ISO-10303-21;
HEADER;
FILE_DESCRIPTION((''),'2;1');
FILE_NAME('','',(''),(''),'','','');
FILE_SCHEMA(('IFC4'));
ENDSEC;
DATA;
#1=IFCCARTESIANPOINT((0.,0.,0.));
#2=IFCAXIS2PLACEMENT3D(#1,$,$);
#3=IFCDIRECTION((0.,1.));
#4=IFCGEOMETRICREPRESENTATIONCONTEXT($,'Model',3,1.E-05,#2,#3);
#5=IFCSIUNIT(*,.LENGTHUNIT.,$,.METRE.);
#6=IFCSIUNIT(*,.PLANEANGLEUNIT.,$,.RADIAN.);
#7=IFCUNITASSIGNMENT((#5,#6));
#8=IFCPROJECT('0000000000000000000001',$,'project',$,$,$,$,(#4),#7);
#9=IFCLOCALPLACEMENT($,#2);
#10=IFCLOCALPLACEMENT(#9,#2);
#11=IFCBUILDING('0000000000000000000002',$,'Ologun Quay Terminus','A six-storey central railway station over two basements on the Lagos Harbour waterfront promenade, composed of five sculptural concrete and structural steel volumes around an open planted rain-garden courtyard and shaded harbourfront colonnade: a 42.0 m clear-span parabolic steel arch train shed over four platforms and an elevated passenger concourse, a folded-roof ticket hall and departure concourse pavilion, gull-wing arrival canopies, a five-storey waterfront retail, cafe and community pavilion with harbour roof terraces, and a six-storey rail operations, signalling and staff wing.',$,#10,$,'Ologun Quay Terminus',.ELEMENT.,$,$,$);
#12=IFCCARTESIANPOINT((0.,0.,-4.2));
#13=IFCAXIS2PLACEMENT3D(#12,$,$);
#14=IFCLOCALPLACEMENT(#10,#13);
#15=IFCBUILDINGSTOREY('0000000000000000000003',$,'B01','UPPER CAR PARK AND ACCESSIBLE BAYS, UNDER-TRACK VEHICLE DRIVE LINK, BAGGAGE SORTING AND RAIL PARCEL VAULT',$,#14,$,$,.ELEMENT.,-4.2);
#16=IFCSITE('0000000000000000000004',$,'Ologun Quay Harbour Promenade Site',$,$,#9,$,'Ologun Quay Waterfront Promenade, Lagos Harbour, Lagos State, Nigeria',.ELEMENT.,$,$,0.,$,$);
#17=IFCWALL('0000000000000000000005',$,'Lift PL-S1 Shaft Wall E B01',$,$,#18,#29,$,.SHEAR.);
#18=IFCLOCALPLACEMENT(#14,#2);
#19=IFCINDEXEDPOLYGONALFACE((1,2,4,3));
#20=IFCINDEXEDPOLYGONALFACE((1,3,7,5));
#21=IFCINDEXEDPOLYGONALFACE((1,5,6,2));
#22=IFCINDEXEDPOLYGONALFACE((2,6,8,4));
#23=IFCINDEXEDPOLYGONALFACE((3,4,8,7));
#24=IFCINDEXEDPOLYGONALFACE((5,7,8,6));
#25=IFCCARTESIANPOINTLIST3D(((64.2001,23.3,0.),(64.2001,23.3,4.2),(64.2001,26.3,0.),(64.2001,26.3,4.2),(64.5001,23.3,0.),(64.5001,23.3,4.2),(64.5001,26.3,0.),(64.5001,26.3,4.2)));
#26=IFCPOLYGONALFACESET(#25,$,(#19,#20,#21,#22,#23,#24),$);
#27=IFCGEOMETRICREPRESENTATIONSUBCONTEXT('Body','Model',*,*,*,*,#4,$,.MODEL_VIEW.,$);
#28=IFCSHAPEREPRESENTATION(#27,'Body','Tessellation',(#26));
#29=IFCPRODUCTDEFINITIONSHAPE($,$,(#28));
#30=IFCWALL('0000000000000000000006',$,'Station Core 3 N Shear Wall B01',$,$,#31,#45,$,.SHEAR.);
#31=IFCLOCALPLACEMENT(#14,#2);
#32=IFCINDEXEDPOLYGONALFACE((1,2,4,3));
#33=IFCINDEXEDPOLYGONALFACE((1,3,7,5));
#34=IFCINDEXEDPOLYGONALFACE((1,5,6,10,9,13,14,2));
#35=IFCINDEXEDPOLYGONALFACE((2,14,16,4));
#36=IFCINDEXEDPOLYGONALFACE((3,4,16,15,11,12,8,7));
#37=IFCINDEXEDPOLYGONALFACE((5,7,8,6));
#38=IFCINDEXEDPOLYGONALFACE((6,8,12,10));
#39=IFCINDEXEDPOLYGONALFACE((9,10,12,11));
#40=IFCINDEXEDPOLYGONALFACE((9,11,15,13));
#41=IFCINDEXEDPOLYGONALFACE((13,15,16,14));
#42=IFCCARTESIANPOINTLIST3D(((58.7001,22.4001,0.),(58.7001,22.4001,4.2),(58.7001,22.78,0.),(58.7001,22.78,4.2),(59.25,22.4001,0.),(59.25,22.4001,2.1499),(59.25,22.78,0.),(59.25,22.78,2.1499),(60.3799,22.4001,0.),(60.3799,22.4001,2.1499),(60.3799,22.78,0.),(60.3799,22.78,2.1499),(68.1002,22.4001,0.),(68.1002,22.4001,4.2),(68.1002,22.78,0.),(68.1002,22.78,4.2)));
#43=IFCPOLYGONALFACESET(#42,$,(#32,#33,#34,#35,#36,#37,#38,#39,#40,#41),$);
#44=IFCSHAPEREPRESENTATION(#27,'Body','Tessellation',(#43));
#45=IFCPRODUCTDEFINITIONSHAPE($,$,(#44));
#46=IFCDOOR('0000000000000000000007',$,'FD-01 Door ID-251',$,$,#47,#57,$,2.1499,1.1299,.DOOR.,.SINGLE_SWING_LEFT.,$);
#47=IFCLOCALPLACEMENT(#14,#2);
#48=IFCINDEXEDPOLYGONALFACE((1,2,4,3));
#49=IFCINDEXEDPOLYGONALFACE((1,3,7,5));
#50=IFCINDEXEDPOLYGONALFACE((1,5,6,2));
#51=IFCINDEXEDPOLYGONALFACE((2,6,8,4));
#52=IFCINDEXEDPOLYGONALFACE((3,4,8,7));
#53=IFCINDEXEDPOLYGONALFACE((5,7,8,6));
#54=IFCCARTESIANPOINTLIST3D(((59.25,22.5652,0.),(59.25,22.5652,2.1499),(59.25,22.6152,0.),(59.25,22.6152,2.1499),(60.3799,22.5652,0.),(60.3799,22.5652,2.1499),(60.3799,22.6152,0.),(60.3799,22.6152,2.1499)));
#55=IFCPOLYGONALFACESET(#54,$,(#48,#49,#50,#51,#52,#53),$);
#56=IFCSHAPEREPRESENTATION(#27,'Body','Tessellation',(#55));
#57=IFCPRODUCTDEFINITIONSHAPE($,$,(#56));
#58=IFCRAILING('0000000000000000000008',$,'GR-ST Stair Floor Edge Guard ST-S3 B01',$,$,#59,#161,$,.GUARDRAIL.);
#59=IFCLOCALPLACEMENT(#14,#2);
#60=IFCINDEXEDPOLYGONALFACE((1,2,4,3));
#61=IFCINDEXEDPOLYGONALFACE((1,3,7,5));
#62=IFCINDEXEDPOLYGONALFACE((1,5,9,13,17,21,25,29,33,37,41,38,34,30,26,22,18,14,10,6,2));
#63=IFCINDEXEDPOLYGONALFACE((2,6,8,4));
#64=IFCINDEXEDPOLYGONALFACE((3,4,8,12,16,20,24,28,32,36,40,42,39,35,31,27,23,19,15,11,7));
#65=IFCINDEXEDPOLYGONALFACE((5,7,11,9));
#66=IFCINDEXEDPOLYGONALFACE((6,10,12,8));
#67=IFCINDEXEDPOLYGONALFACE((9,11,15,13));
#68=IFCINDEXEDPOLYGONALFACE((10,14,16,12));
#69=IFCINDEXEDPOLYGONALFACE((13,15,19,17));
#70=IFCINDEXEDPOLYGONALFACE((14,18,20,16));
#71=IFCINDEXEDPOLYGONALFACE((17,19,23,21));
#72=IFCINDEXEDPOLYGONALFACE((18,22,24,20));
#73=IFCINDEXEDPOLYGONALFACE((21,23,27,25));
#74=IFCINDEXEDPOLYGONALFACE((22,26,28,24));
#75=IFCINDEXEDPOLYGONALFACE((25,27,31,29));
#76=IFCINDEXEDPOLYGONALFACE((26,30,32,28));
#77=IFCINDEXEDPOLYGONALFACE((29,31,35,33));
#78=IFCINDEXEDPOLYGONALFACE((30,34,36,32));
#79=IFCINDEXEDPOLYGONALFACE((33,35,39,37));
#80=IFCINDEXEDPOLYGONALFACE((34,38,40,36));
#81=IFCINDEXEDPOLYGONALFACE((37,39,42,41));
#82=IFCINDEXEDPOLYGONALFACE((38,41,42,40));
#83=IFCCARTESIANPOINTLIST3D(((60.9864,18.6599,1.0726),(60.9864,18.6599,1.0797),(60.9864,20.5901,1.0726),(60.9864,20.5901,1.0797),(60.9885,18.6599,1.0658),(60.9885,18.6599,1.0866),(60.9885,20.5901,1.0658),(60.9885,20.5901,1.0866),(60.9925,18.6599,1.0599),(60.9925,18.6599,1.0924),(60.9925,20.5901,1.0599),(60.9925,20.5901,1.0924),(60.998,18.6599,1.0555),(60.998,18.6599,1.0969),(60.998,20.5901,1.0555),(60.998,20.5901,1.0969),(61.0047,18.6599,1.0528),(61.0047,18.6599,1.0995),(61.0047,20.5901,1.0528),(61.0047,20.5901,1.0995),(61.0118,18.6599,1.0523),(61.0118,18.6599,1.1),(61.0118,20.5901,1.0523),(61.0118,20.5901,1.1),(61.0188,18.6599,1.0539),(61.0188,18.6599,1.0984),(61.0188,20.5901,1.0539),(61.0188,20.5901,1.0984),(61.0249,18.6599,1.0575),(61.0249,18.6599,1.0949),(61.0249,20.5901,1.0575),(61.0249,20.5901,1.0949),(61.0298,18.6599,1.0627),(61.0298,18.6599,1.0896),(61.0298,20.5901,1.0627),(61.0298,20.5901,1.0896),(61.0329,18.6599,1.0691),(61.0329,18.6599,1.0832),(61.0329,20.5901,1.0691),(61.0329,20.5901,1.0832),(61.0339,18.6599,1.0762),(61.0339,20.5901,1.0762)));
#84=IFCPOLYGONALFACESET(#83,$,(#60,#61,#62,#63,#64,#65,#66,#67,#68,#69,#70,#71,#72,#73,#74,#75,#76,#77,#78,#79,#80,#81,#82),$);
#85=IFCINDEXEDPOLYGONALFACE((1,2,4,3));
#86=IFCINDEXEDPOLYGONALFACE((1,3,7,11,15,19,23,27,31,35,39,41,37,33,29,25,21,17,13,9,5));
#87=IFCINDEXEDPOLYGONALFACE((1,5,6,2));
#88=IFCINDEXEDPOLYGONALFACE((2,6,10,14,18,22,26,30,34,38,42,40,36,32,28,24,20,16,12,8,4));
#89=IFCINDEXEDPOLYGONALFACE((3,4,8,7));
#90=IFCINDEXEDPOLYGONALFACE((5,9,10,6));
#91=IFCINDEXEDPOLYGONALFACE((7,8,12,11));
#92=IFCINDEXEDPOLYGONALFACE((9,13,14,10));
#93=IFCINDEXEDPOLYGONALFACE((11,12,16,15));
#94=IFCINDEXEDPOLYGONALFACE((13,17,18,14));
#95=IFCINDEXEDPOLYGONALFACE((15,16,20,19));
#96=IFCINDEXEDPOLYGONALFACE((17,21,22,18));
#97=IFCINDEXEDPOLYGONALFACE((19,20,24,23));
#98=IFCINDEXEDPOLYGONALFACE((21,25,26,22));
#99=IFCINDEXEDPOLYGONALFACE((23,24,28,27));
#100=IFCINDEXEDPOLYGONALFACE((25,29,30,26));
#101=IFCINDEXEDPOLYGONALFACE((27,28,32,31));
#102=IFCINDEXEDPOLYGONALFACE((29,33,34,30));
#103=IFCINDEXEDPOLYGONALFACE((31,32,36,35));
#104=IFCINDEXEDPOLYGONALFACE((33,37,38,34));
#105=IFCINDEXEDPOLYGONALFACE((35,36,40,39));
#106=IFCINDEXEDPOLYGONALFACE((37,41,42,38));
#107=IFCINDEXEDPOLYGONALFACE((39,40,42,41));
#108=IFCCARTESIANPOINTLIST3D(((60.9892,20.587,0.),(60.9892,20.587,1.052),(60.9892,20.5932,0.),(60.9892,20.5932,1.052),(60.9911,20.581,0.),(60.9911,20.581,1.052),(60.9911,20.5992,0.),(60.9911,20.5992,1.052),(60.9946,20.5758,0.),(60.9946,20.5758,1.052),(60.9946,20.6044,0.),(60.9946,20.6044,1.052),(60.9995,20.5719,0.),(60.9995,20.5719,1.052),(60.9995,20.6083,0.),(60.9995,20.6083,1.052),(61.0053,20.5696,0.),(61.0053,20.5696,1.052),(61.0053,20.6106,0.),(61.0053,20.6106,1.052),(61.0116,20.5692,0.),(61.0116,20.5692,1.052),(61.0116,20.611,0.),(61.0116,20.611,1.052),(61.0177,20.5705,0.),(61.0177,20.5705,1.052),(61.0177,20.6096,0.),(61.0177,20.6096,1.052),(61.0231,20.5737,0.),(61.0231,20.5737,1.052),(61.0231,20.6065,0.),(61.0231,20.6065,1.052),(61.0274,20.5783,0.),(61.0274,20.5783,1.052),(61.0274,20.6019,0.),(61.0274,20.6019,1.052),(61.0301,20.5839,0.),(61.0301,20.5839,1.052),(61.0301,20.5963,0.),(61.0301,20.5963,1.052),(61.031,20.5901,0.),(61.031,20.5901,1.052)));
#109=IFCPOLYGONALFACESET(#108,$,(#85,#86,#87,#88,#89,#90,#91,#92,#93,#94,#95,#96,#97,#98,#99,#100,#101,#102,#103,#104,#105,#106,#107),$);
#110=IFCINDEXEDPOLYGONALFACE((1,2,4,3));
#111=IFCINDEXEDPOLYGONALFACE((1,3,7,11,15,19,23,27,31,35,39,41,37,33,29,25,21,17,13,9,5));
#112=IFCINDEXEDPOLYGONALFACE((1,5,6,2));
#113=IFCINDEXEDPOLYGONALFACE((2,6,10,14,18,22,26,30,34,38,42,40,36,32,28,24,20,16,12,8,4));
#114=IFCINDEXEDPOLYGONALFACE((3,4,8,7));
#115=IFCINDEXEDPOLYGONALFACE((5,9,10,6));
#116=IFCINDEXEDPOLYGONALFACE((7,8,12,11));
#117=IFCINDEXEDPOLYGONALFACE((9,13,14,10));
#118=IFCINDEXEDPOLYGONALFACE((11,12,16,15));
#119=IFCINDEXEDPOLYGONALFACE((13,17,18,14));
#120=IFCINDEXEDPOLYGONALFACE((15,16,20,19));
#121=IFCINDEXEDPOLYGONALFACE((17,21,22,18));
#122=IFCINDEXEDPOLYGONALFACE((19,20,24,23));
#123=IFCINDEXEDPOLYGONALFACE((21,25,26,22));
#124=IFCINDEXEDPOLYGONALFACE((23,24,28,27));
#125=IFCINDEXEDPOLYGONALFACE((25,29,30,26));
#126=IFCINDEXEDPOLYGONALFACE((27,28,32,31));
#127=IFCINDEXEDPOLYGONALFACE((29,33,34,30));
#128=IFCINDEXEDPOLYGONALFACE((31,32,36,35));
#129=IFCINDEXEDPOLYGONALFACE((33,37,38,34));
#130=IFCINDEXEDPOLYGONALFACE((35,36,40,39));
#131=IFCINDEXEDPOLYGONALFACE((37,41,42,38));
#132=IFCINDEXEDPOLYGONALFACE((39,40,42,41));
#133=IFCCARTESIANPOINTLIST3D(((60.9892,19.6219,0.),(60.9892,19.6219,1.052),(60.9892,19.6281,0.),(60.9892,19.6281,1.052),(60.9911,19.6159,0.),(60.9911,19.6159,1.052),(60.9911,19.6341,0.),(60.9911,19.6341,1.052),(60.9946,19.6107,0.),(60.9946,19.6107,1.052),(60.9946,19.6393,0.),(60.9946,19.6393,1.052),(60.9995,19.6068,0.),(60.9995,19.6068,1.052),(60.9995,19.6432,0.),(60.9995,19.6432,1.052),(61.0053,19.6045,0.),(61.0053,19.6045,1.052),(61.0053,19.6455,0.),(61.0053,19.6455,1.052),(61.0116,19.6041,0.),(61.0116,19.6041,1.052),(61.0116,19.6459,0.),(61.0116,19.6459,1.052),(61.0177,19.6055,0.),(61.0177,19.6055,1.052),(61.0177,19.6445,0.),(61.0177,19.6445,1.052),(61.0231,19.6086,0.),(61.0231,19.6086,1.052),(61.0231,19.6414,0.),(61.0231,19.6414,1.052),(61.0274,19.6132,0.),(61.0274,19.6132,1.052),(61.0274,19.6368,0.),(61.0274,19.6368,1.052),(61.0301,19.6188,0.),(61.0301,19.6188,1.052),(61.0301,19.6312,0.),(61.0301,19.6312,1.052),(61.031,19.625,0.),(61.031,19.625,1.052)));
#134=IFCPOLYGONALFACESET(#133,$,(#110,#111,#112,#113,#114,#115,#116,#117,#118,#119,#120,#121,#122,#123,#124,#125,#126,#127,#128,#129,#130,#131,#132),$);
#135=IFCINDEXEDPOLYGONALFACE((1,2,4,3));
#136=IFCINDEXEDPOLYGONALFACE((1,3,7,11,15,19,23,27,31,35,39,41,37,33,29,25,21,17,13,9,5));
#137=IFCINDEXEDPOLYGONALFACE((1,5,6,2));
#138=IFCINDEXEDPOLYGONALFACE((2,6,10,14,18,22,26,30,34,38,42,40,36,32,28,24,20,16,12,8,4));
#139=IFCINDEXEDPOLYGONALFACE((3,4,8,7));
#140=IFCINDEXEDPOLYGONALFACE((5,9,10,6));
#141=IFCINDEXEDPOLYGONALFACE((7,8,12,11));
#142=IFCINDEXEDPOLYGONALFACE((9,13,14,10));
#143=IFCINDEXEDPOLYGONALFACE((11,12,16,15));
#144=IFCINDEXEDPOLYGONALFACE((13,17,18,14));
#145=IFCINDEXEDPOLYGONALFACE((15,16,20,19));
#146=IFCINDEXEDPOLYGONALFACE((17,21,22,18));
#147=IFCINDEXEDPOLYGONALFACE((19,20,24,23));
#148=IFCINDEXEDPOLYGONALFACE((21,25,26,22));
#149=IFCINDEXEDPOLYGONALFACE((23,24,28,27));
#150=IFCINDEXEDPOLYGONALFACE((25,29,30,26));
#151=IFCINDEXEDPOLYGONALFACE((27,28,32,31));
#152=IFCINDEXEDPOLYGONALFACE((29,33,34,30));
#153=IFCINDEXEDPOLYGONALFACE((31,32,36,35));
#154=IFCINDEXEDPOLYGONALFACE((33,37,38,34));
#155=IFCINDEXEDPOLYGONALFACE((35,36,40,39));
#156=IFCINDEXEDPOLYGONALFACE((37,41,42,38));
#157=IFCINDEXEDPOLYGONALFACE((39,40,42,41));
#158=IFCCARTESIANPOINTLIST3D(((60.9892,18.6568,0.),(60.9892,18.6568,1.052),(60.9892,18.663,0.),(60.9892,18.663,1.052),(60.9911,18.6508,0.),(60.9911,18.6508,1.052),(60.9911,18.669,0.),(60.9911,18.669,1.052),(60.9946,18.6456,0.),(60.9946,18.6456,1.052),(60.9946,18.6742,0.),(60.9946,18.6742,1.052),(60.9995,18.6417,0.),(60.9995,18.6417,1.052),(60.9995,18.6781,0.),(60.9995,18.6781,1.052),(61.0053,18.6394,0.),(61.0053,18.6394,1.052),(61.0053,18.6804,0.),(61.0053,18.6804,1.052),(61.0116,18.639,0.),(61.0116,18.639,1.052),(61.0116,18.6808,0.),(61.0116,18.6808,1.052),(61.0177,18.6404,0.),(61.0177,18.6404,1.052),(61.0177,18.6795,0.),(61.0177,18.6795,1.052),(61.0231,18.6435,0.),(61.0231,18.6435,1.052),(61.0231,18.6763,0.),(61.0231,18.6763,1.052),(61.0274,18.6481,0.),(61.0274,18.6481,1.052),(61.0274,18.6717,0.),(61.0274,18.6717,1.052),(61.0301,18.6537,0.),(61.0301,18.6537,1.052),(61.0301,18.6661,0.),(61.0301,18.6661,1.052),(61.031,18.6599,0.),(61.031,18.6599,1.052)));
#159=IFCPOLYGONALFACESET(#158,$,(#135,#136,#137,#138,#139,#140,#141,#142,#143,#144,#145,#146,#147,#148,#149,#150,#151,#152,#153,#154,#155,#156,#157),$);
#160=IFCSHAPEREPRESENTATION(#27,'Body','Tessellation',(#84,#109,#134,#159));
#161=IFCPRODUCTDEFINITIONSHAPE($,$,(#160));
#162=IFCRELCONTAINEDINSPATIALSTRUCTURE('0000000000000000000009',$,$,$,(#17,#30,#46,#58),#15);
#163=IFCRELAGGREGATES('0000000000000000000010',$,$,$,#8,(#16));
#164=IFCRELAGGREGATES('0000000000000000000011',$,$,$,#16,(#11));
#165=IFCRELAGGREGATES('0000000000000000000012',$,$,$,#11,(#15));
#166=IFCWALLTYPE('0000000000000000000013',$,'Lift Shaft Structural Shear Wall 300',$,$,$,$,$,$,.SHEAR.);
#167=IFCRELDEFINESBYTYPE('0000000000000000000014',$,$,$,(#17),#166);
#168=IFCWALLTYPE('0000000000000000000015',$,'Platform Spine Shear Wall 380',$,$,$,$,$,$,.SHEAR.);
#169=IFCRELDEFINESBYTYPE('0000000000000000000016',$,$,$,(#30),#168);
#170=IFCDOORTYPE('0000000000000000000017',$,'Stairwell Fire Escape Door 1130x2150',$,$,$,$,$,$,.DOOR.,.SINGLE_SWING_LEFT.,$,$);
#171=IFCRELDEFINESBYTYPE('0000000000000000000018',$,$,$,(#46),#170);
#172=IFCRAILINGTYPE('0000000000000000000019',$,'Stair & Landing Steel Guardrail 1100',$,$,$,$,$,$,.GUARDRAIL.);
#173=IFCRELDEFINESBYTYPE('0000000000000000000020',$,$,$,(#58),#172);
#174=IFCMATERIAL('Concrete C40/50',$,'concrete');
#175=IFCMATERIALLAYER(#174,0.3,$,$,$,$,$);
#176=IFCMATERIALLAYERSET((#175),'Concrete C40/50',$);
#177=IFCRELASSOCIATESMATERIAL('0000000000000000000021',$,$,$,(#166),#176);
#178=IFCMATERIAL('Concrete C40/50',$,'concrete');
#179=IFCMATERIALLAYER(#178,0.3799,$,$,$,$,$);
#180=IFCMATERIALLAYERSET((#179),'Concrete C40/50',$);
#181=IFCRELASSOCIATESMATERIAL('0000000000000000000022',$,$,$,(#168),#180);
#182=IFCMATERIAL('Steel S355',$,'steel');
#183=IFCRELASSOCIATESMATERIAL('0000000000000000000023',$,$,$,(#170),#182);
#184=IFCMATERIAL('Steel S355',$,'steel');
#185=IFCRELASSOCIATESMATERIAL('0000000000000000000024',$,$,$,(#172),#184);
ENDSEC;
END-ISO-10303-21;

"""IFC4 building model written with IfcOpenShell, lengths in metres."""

from ifc_helpers import new_model, si_unit, direction, frame, frame_2d, origin, origin_2d, place, context, subcontext, project, spatial, rectangle, circle, extrude, material, layer, layer_set, type_object, element, fill, save


model = new_model("IFC4")

# Units and contexts
model_context = context("Model", 3, precision=1e-05, world=origin(), true_north=direction((0.0, 1.0)))
body_context = subcontext(model_context, "Body", "Model", "MODEL_VIEW")
ifc_project = project(units=[si_unit("LENGTHUNIT", "METRE"), si_unit("PLANEANGLEUNIT", "RADIAN")], contexts=[model_context])

# Site, building, storey
site_placement = place(None, origin())
site = spatial("IfcSite", under=ifc_project, at=site_placement, Name="Ologun Quay Harbour Promenade Site", LongName="Ologun Quay Waterfront Promenade, Lagos Harbour, Lagos State, Nigeria", CompositionType="ELEMENT", RefElevation=0.0)
building_placement = place(site_placement, origin())
building = spatial("IfcBuilding", under=site, at=building_placement, Name="Ologun Quay Terminus", Description="A six-storey central railway station over two basements on the Lagos Harbour waterfront promenade, composed of five sculptural concrete and structural steel volumes around an open planted rain-garden courtyard and shaded harbourfront colonnade: a 42.0 m clear-span parabolic steel arch train shed over four platforms and an elevated passenger concourse, a folded-roof ticket hall and departure concourse pavilion, gull-wing arrival canopies, a five-storey waterfront retail, cafe and community pavilion with harbour roof terraces, and a six-storey rail operations, signalling and staff wing.", LongName="Ologun Quay Terminus", CompositionType="ELEMENT")
storey_placement = place(building_placement, frame((0.0, 0.0, -4.2)))
storey = spatial("IfcBuildingStorey", under=building, at=storey_placement, Name="B01", Description="UPPER CAR PARK AND ACCESSIBLE BAYS, UNDER-TRACK VEHICLE DRIVE LINK, BAGGAGE SORTING AND RAIL PARCEL VAULT", CompositionType="ELEMENT", Elevation=-4.2)

# Shared definitions
ifc_material_1 = material(Name="Concrete C40/50", Category="concrete")
ifc_layer_1 = layer(ifc_material_1, 0.3)
ifc_layer_set_1 = layer_set([ifc_layer_1], Name="Concrete C40/50")
wall_type_1 = type_object("IfcWallType", Name="Lift Shaft Structural Shear Wall 300", PredefinedType="SHEAR", material=ifc_layer_set_1)

# Wall
for number, where, z_axis, x_axis, name in (
    (1, (64.3501, 23.3, 0.0), (0.0, 0.0, 1.0), (0.0, 1.0, 0.0), "Lift PL-S1 Shaft Wall E B01"),
):
    element("IfcWall", number, at=place(storey_placement, frame(where, z_axis=z_axis, x_axis=x_axis)), inside=storey, type_object=wall_type_1, Name=name, PredefinedType="SHEAR", context=body_context, shape_type="SweptSolid", body=[
        extrude(rectangle(XDim=3.0, YDim=0.3, at=frame_2d((1.5, 0.0))), origin(), (0.0, 0.0, 1.0), 4.2),
    ])

# Wall, opening, door
ifc_material_2 = material(Name="Concrete C40/50", Category="concrete")
ifc_layer_2 = layer(ifc_material_2, 0.3799)
ifc_layer_set_2 = layer_set([ifc_layer_2], Name="Concrete C40/50")
wall_type_2 = type_object("IfcWallType", Name="Platform Spine Shear Wall 380", PredefinedType="SHEAR", material=ifc_layer_set_2)
wall_1_placement = place(storey_placement, frame((58.7, 22.5901, 0.0), z_axis=(0.0, 0.0, 1.0), x_axis=(1.0, 0.0, 0.0)))
wall_1 = element("IfcWall", 2, at=wall_1_placement, inside=storey, type_object=wall_type_2, Name="Station Core 3 N Shear Wall B01", PredefinedType="SHEAR", context=body_context, shape_type="SweptSolid", body=[
    extrude(rectangle(XDim=9.4001, YDim=0.3799, at=frame_2d((4.7002, 0.0))), origin(), (0.0, 0.0, 1.0), 4.2),
])
opening_1_placement = place(wall_1_placement, frame((0.55, 0.0, 0.0)))
opening_1 = element("IfcOpeningElement", 3, at=opening_1_placement, cuts=wall_1, PredefinedType="OPENING", context=body_context, shape_type="SweptSolid", body=[
    extrude(rectangle(XDim=1.1299, YDim=2.1499, at=frame_2d((0.5649, 1.075))), frame((0.0, 0.2, 0.0), z_axis=(0.0, -1.0, 0.0), x_axis=(1.0, 0.0, 0.0)), (0.0, 0.0, 1.0), 0.3999),
])
ifc_material_3 = material(Name="Steel S355", Category="steel")
door_type_1 = type_object("IfcDoorType", Name="Stairwell Fire Escape Door 1130x2150", OperationType="SINGLE_SWING_LEFT", PredefinedType="DOOR", material=ifc_material_3)
door_1_placement = place(opening_1_placement, frame((0.5649, 0.0, 0.0), z_axis=(0.0, 0.0, 1.0), x_axis=(-1.0, 0.0, 0.0)))
door_1 = element("IfcDoor", 4, at=door_1_placement, inside=storey, type_object=door_type_1, Name="FD-01 Door ID-251", OperationType="SINGLE_SWING_LEFT", OverallHeight=2.1499, OverallWidth=1.1299, PredefinedType="DOOR", context=body_context, shape_type="SweptSolid", body=[
    extrude(rectangle(XDim=1.1299, YDim=2.1499, at=frame_2d((0.0, 1.075))), frame((0.0, 0.0249, 0.0), z_axis=(0.0, -1.0, 0.0), x_axis=(1.0, 0.0, 0.0)), (0.0, 0.0, 1.0), 0.05),
])
fill(opening_1, door_1)

# Railing
ifc_material_4 = material(Name="Steel S355", Category="steel")
railing_type_1 = type_object("IfcRailingType", Name="Stair & Landing Steel Guardrail 1100", PredefinedType="GUARDRAIL", material=ifc_material_4)
railing_1_placement = place(storey_placement, frame((61.01, 20.5901, 0.0)))
element("IfcRailing", 5, at=railing_1_placement, inside=storey, type_object=railing_type_1, Name="GR-ST Stair Floor Edge Guard ST-S3 B01", PredefinedType="GUARDRAIL", context=body_context, shape_type="SweptSolid", body=[
    extrude(circle(Radius=0.0239, at=origin_2d()), frame((0.0, 0.0, 1.0762), z_axis=(0.0, -1.0, 0.0), x_axis=(1.0, 0.0, 0.0)), (0.0, 0.0, 1.0), 1.9302),
    extrude(circle(Radius=0.021, at=origin_2d()), origin(), (0.0, 0.0, 1.0), 1.052),
    extrude(circle(Radius=0.021, at=origin_2d()), frame((0.0, -0.9651, 0.0)), (0.0, 0.0, 1.0), 1.052),
    extrude(circle(Radius=0.021, at=origin_2d()), frame((0.0, -1.9302, 0.0)), (0.0, 0.0, 1.0), 1.052),
])

save(model, "model.ifc")
